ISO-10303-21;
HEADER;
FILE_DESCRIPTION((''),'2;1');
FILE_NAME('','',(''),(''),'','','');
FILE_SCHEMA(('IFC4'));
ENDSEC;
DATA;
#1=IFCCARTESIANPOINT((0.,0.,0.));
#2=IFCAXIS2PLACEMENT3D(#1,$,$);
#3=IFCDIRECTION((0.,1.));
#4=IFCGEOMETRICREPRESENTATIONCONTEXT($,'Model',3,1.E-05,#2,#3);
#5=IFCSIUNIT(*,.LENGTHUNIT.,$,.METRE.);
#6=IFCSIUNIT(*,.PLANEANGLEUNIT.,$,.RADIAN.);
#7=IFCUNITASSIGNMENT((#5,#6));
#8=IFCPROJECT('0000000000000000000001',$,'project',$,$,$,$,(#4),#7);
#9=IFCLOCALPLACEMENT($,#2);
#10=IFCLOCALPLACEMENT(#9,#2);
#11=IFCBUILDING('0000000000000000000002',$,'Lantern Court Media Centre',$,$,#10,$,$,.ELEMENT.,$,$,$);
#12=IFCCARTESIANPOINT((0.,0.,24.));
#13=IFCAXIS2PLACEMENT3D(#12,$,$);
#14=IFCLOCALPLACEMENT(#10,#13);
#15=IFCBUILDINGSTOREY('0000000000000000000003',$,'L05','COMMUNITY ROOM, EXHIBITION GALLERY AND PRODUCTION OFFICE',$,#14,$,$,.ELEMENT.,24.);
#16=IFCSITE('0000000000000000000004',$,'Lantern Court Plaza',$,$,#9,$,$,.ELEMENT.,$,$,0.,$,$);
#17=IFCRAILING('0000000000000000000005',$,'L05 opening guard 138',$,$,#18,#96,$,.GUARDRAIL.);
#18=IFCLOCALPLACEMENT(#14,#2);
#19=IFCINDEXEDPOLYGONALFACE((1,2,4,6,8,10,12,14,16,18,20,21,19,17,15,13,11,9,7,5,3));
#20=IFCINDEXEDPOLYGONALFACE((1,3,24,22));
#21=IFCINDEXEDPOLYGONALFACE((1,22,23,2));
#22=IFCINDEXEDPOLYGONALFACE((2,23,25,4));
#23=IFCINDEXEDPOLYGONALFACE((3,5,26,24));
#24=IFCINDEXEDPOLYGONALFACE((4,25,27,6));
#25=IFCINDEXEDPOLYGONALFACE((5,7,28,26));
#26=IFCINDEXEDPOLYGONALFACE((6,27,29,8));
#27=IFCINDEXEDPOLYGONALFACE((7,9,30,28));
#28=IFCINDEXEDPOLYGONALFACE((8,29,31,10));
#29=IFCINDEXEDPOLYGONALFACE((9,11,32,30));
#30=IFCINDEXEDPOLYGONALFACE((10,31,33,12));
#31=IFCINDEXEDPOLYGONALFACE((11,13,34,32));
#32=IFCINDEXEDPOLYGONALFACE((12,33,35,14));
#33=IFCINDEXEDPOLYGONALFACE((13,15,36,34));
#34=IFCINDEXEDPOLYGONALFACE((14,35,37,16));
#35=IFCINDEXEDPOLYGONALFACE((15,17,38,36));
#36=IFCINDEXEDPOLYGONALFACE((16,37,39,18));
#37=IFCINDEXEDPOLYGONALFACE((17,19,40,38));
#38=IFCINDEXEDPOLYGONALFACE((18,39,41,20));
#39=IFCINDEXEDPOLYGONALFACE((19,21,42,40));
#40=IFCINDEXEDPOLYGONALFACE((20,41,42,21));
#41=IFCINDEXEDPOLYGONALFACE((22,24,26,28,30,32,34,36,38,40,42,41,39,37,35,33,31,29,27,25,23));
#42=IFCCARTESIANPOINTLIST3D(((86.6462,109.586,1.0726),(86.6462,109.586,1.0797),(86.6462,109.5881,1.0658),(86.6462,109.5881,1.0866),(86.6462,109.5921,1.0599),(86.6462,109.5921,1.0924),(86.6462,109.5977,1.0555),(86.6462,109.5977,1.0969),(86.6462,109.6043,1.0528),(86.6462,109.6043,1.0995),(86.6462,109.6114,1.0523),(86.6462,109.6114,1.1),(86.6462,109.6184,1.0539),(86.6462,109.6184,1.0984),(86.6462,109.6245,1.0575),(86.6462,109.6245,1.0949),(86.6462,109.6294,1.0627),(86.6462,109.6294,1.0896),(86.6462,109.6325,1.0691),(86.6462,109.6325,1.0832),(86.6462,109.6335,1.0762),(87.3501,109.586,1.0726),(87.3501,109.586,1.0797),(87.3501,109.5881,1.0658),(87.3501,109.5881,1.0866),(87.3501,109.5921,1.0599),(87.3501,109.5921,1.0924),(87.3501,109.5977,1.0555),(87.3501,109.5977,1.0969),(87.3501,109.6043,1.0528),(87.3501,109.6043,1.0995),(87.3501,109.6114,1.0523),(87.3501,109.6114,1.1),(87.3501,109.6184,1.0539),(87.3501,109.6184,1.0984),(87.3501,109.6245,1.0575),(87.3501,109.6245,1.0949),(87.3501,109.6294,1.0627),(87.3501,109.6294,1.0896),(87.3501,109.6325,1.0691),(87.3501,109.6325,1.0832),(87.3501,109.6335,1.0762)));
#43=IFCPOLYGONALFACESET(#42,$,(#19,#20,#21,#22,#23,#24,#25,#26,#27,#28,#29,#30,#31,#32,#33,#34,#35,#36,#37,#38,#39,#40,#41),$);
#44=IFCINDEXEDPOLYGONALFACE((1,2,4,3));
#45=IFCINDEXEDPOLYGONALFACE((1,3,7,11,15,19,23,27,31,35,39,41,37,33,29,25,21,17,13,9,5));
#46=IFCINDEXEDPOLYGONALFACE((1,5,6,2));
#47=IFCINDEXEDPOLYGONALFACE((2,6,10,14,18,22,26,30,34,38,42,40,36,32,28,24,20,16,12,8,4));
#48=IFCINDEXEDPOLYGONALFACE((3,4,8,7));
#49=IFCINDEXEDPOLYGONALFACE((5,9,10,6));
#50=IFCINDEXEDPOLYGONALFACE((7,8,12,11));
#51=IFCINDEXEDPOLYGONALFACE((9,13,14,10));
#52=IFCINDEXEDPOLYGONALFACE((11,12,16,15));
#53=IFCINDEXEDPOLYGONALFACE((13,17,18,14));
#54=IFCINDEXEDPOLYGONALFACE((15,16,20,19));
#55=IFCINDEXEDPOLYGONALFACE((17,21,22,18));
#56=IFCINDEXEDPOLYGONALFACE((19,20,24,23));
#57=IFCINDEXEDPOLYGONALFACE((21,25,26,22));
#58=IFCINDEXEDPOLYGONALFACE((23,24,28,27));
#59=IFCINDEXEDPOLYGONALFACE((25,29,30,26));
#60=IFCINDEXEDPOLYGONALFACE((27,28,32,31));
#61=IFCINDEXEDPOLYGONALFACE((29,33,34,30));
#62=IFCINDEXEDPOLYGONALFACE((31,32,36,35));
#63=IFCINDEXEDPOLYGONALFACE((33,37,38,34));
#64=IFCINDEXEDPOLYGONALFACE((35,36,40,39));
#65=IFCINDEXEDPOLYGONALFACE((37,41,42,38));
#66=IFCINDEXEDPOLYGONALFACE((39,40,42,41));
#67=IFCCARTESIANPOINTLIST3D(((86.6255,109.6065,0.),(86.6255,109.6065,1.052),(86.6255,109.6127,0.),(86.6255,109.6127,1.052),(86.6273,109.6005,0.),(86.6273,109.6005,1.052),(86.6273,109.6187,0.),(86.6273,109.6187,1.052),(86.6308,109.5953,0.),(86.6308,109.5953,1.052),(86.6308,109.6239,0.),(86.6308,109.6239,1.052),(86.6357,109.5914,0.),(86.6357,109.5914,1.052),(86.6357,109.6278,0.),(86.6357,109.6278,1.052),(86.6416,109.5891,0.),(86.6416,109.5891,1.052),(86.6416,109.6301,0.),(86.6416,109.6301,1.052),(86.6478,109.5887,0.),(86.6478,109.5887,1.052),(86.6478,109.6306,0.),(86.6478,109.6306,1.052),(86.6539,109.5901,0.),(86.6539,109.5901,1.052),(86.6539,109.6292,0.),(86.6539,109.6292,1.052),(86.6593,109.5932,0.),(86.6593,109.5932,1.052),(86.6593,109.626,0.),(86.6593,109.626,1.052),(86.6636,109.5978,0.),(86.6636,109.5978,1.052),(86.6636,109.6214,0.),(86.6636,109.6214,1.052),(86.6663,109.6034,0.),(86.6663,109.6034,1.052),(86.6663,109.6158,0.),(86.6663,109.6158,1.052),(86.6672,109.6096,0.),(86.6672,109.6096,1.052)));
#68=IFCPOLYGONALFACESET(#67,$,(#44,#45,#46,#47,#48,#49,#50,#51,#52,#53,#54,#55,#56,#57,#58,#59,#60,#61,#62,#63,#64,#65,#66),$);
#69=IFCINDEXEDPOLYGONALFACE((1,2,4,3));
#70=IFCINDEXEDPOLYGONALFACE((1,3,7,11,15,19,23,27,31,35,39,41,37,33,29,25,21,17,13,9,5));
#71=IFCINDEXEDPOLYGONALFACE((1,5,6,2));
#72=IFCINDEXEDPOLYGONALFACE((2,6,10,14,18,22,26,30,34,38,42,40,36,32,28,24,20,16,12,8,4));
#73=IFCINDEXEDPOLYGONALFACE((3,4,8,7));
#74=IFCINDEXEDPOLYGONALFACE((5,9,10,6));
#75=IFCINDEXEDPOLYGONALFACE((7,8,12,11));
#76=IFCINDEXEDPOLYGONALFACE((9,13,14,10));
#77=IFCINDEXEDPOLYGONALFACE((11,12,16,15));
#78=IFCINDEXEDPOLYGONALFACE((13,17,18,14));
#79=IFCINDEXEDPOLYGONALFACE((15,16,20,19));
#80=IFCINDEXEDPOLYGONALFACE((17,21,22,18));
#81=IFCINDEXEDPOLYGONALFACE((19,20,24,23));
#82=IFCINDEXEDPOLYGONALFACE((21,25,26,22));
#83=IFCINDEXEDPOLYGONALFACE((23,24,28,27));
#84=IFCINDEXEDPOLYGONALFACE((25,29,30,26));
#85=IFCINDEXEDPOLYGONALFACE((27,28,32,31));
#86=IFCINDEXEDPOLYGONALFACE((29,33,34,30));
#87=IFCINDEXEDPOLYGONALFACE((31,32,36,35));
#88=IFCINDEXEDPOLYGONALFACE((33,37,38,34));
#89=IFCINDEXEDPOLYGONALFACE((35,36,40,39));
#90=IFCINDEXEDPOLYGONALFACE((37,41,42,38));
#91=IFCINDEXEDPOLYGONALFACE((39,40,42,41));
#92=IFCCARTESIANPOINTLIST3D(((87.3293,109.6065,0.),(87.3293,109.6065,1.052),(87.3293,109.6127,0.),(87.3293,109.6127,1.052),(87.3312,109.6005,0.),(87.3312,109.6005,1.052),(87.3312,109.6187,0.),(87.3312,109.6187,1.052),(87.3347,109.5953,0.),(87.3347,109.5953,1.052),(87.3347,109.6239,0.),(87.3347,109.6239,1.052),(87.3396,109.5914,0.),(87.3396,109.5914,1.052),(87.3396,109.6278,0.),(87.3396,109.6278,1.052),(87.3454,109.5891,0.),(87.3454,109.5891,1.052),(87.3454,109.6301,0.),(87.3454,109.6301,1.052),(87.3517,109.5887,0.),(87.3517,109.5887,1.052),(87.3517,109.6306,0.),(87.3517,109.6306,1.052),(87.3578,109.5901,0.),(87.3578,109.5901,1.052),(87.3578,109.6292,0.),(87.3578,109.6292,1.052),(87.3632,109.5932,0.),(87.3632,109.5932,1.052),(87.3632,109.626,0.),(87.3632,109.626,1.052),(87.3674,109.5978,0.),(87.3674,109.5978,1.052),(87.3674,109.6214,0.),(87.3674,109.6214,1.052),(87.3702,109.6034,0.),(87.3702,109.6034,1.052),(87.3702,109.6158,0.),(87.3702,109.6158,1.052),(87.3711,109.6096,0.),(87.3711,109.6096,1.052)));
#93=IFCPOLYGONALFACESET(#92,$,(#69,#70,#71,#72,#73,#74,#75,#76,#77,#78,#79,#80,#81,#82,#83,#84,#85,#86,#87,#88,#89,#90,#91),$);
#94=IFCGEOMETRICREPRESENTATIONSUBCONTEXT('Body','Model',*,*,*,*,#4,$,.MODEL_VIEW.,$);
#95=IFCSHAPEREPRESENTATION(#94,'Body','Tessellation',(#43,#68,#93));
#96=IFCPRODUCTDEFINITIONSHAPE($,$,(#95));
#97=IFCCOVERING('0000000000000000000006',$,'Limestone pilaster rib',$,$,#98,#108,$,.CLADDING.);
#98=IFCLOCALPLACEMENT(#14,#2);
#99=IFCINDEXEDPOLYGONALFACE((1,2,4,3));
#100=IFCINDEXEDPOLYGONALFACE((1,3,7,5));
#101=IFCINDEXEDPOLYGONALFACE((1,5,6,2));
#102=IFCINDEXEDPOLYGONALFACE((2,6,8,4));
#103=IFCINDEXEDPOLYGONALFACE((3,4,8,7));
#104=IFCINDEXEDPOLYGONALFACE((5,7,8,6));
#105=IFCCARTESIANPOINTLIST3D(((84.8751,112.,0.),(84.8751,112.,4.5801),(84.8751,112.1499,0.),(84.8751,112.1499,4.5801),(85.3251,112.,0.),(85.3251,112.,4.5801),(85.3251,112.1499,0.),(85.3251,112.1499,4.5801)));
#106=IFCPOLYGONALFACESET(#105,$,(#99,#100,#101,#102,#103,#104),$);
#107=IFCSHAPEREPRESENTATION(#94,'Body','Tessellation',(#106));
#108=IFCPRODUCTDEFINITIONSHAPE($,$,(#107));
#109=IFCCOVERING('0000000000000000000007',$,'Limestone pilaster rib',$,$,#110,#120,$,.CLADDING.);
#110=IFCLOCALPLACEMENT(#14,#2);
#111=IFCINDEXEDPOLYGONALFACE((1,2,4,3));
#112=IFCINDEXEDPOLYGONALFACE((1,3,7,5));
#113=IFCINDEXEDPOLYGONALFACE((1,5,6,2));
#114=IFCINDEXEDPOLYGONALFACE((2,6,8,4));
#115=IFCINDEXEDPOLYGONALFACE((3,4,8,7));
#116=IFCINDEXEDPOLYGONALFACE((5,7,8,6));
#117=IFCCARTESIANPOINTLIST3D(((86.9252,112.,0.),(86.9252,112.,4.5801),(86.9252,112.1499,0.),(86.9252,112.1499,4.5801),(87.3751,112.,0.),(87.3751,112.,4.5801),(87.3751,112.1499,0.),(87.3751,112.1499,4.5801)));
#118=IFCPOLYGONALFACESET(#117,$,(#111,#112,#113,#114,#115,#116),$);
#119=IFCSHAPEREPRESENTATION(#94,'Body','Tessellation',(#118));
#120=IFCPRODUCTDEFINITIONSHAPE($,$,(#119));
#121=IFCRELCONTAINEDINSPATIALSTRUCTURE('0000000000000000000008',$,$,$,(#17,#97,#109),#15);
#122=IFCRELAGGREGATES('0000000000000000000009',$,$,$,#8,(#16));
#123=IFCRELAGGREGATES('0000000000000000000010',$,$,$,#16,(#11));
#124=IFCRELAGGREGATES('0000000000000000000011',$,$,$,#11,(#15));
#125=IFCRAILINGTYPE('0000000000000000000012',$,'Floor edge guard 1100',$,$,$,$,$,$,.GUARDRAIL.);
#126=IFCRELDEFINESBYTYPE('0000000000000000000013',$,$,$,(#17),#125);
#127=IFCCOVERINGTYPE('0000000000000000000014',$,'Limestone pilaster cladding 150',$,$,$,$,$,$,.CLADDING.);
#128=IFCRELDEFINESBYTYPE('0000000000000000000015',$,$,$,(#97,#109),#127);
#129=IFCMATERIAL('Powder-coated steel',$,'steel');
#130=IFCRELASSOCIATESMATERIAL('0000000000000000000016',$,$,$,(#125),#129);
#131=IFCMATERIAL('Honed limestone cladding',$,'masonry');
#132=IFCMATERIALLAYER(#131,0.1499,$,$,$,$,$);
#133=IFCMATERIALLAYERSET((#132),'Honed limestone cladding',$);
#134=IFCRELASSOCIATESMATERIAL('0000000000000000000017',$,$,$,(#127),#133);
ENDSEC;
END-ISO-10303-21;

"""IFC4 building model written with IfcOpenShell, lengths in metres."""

from ifc_helpers import new_model, si_unit, direction, frame, frame_2d, origin, origin_2d, place, context, subcontext, project, spatial, rectangle, circle, extrude, material, layer, layer_set, type_object, element, save


model = new_model("IFC4")

# Units and contexts
model_context = context("Model", 3, precision=1e-05, world=origin(), true_north=direction((0.0, 1.0)))
body_context = subcontext(model_context, "Body", "Model", "MODEL_VIEW")
ifc_project = project(units=[si_unit("LENGTHUNIT", "METRE"), si_unit("PLANEANGLEUNIT", "RADIAN")], contexts=[model_context])

# Site, building, storey
site_placement = place(None, origin())
site = spatial("IfcSite", under=ifc_project, at=site_placement, Name="Lantern Court Plaza", CompositionType="ELEMENT", RefElevation=0.0)
building_placement = place(site_placement, origin())
building = spatial("IfcBuilding", under=site, at=building_placement, Name="Lantern Court Media Centre", CompositionType="ELEMENT")
storey_placement = place(building_placement, frame((0.0, 0.0, 24.0)))
storey = spatial("IfcBuildingStorey", under=building, at=storey_placement, Name="L05", Description="COMMUNITY ROOM, EXHIBITION GALLERY AND PRODUCTION OFFICE", CompositionType="ELEMENT", Elevation=24.0)

# Railing
ifc_material_1 = material(Name="Powder-coated steel", Category="steel")
railing_type_1 = type_object("IfcRailingType", Name="Floor edge guard 1100", PredefinedType="GUARDRAIL", material=ifc_material_1)
railing_1_placement = place(storey_placement, frame((86.6462, 109.6096, 0.0)))
element("IfcRailing", 1, at=railing_1_placement, inside=storey, type_object=railing_type_1, Name="L05 opening guard 138", PredefinedType="GUARDRAIL", context=body_context, shape_type="SweptSolid", body=[
    extrude(circle(Radius=0.0239, at=origin_2d()), frame((0.0, 0.0, 1.0762), z_axis=(1.0, 0.0, 0.0), x_axis=(0.0, 1.0, 0.0)), (0.0, 0.0, 1.0), 0.7039),
    extrude(circle(Radius=0.021, at=origin_2d()), origin(), (0.0, 0.0, 1.0), 1.052),
    extrude(circle(Radius=0.021, at=origin_2d()), frame((0.7039, 0.0, 0.0)), (0.0, 0.0, 1.0), 1.052),
])

# Coverings
ifc_material_2 = material(Name="Honed limestone cladding", Category="masonry")
ifc_layer_1 = layer(ifc_material_2, 0.1499)
ifc_layer_set_1 = layer_set([ifc_layer_1], Name="Honed limestone cladding")
covering_type = type_object("IfcCoveringType", Name="Limestone pilaster cladding 150", PredefinedType="CLADDING", material=ifc_layer_set_1)
for number, where, z_axis, x_axis, name in (
    (2, (84.875, 112.075, 0.0), (0.0, 0.0, 1.0), (1.0, 0.0, 0.0), "Limestone pilaster rib"),
    (3, (86.925, 112.075, 0.0), (0.0, 0.0, 1.0), (1.0, 0.0, 0.0), "Limestone pilaster rib"),
):
    element("IfcCovering", number, at=place(storey_placement, frame(where, z_axis=z_axis, x_axis=x_axis)), inside=storey, type_object=covering_type, Name=name, PredefinedType="CLADDING", context=body_context, shape_type="SweptSolid", body=[
        extrude(rectangle(XDim=0.45, YDim=0.1499, at=frame_2d((0.2251, 0.0))), origin(), (0.0, 0.0, 1.0), 4.5801),
    ])

save(model, "model.ifc")
